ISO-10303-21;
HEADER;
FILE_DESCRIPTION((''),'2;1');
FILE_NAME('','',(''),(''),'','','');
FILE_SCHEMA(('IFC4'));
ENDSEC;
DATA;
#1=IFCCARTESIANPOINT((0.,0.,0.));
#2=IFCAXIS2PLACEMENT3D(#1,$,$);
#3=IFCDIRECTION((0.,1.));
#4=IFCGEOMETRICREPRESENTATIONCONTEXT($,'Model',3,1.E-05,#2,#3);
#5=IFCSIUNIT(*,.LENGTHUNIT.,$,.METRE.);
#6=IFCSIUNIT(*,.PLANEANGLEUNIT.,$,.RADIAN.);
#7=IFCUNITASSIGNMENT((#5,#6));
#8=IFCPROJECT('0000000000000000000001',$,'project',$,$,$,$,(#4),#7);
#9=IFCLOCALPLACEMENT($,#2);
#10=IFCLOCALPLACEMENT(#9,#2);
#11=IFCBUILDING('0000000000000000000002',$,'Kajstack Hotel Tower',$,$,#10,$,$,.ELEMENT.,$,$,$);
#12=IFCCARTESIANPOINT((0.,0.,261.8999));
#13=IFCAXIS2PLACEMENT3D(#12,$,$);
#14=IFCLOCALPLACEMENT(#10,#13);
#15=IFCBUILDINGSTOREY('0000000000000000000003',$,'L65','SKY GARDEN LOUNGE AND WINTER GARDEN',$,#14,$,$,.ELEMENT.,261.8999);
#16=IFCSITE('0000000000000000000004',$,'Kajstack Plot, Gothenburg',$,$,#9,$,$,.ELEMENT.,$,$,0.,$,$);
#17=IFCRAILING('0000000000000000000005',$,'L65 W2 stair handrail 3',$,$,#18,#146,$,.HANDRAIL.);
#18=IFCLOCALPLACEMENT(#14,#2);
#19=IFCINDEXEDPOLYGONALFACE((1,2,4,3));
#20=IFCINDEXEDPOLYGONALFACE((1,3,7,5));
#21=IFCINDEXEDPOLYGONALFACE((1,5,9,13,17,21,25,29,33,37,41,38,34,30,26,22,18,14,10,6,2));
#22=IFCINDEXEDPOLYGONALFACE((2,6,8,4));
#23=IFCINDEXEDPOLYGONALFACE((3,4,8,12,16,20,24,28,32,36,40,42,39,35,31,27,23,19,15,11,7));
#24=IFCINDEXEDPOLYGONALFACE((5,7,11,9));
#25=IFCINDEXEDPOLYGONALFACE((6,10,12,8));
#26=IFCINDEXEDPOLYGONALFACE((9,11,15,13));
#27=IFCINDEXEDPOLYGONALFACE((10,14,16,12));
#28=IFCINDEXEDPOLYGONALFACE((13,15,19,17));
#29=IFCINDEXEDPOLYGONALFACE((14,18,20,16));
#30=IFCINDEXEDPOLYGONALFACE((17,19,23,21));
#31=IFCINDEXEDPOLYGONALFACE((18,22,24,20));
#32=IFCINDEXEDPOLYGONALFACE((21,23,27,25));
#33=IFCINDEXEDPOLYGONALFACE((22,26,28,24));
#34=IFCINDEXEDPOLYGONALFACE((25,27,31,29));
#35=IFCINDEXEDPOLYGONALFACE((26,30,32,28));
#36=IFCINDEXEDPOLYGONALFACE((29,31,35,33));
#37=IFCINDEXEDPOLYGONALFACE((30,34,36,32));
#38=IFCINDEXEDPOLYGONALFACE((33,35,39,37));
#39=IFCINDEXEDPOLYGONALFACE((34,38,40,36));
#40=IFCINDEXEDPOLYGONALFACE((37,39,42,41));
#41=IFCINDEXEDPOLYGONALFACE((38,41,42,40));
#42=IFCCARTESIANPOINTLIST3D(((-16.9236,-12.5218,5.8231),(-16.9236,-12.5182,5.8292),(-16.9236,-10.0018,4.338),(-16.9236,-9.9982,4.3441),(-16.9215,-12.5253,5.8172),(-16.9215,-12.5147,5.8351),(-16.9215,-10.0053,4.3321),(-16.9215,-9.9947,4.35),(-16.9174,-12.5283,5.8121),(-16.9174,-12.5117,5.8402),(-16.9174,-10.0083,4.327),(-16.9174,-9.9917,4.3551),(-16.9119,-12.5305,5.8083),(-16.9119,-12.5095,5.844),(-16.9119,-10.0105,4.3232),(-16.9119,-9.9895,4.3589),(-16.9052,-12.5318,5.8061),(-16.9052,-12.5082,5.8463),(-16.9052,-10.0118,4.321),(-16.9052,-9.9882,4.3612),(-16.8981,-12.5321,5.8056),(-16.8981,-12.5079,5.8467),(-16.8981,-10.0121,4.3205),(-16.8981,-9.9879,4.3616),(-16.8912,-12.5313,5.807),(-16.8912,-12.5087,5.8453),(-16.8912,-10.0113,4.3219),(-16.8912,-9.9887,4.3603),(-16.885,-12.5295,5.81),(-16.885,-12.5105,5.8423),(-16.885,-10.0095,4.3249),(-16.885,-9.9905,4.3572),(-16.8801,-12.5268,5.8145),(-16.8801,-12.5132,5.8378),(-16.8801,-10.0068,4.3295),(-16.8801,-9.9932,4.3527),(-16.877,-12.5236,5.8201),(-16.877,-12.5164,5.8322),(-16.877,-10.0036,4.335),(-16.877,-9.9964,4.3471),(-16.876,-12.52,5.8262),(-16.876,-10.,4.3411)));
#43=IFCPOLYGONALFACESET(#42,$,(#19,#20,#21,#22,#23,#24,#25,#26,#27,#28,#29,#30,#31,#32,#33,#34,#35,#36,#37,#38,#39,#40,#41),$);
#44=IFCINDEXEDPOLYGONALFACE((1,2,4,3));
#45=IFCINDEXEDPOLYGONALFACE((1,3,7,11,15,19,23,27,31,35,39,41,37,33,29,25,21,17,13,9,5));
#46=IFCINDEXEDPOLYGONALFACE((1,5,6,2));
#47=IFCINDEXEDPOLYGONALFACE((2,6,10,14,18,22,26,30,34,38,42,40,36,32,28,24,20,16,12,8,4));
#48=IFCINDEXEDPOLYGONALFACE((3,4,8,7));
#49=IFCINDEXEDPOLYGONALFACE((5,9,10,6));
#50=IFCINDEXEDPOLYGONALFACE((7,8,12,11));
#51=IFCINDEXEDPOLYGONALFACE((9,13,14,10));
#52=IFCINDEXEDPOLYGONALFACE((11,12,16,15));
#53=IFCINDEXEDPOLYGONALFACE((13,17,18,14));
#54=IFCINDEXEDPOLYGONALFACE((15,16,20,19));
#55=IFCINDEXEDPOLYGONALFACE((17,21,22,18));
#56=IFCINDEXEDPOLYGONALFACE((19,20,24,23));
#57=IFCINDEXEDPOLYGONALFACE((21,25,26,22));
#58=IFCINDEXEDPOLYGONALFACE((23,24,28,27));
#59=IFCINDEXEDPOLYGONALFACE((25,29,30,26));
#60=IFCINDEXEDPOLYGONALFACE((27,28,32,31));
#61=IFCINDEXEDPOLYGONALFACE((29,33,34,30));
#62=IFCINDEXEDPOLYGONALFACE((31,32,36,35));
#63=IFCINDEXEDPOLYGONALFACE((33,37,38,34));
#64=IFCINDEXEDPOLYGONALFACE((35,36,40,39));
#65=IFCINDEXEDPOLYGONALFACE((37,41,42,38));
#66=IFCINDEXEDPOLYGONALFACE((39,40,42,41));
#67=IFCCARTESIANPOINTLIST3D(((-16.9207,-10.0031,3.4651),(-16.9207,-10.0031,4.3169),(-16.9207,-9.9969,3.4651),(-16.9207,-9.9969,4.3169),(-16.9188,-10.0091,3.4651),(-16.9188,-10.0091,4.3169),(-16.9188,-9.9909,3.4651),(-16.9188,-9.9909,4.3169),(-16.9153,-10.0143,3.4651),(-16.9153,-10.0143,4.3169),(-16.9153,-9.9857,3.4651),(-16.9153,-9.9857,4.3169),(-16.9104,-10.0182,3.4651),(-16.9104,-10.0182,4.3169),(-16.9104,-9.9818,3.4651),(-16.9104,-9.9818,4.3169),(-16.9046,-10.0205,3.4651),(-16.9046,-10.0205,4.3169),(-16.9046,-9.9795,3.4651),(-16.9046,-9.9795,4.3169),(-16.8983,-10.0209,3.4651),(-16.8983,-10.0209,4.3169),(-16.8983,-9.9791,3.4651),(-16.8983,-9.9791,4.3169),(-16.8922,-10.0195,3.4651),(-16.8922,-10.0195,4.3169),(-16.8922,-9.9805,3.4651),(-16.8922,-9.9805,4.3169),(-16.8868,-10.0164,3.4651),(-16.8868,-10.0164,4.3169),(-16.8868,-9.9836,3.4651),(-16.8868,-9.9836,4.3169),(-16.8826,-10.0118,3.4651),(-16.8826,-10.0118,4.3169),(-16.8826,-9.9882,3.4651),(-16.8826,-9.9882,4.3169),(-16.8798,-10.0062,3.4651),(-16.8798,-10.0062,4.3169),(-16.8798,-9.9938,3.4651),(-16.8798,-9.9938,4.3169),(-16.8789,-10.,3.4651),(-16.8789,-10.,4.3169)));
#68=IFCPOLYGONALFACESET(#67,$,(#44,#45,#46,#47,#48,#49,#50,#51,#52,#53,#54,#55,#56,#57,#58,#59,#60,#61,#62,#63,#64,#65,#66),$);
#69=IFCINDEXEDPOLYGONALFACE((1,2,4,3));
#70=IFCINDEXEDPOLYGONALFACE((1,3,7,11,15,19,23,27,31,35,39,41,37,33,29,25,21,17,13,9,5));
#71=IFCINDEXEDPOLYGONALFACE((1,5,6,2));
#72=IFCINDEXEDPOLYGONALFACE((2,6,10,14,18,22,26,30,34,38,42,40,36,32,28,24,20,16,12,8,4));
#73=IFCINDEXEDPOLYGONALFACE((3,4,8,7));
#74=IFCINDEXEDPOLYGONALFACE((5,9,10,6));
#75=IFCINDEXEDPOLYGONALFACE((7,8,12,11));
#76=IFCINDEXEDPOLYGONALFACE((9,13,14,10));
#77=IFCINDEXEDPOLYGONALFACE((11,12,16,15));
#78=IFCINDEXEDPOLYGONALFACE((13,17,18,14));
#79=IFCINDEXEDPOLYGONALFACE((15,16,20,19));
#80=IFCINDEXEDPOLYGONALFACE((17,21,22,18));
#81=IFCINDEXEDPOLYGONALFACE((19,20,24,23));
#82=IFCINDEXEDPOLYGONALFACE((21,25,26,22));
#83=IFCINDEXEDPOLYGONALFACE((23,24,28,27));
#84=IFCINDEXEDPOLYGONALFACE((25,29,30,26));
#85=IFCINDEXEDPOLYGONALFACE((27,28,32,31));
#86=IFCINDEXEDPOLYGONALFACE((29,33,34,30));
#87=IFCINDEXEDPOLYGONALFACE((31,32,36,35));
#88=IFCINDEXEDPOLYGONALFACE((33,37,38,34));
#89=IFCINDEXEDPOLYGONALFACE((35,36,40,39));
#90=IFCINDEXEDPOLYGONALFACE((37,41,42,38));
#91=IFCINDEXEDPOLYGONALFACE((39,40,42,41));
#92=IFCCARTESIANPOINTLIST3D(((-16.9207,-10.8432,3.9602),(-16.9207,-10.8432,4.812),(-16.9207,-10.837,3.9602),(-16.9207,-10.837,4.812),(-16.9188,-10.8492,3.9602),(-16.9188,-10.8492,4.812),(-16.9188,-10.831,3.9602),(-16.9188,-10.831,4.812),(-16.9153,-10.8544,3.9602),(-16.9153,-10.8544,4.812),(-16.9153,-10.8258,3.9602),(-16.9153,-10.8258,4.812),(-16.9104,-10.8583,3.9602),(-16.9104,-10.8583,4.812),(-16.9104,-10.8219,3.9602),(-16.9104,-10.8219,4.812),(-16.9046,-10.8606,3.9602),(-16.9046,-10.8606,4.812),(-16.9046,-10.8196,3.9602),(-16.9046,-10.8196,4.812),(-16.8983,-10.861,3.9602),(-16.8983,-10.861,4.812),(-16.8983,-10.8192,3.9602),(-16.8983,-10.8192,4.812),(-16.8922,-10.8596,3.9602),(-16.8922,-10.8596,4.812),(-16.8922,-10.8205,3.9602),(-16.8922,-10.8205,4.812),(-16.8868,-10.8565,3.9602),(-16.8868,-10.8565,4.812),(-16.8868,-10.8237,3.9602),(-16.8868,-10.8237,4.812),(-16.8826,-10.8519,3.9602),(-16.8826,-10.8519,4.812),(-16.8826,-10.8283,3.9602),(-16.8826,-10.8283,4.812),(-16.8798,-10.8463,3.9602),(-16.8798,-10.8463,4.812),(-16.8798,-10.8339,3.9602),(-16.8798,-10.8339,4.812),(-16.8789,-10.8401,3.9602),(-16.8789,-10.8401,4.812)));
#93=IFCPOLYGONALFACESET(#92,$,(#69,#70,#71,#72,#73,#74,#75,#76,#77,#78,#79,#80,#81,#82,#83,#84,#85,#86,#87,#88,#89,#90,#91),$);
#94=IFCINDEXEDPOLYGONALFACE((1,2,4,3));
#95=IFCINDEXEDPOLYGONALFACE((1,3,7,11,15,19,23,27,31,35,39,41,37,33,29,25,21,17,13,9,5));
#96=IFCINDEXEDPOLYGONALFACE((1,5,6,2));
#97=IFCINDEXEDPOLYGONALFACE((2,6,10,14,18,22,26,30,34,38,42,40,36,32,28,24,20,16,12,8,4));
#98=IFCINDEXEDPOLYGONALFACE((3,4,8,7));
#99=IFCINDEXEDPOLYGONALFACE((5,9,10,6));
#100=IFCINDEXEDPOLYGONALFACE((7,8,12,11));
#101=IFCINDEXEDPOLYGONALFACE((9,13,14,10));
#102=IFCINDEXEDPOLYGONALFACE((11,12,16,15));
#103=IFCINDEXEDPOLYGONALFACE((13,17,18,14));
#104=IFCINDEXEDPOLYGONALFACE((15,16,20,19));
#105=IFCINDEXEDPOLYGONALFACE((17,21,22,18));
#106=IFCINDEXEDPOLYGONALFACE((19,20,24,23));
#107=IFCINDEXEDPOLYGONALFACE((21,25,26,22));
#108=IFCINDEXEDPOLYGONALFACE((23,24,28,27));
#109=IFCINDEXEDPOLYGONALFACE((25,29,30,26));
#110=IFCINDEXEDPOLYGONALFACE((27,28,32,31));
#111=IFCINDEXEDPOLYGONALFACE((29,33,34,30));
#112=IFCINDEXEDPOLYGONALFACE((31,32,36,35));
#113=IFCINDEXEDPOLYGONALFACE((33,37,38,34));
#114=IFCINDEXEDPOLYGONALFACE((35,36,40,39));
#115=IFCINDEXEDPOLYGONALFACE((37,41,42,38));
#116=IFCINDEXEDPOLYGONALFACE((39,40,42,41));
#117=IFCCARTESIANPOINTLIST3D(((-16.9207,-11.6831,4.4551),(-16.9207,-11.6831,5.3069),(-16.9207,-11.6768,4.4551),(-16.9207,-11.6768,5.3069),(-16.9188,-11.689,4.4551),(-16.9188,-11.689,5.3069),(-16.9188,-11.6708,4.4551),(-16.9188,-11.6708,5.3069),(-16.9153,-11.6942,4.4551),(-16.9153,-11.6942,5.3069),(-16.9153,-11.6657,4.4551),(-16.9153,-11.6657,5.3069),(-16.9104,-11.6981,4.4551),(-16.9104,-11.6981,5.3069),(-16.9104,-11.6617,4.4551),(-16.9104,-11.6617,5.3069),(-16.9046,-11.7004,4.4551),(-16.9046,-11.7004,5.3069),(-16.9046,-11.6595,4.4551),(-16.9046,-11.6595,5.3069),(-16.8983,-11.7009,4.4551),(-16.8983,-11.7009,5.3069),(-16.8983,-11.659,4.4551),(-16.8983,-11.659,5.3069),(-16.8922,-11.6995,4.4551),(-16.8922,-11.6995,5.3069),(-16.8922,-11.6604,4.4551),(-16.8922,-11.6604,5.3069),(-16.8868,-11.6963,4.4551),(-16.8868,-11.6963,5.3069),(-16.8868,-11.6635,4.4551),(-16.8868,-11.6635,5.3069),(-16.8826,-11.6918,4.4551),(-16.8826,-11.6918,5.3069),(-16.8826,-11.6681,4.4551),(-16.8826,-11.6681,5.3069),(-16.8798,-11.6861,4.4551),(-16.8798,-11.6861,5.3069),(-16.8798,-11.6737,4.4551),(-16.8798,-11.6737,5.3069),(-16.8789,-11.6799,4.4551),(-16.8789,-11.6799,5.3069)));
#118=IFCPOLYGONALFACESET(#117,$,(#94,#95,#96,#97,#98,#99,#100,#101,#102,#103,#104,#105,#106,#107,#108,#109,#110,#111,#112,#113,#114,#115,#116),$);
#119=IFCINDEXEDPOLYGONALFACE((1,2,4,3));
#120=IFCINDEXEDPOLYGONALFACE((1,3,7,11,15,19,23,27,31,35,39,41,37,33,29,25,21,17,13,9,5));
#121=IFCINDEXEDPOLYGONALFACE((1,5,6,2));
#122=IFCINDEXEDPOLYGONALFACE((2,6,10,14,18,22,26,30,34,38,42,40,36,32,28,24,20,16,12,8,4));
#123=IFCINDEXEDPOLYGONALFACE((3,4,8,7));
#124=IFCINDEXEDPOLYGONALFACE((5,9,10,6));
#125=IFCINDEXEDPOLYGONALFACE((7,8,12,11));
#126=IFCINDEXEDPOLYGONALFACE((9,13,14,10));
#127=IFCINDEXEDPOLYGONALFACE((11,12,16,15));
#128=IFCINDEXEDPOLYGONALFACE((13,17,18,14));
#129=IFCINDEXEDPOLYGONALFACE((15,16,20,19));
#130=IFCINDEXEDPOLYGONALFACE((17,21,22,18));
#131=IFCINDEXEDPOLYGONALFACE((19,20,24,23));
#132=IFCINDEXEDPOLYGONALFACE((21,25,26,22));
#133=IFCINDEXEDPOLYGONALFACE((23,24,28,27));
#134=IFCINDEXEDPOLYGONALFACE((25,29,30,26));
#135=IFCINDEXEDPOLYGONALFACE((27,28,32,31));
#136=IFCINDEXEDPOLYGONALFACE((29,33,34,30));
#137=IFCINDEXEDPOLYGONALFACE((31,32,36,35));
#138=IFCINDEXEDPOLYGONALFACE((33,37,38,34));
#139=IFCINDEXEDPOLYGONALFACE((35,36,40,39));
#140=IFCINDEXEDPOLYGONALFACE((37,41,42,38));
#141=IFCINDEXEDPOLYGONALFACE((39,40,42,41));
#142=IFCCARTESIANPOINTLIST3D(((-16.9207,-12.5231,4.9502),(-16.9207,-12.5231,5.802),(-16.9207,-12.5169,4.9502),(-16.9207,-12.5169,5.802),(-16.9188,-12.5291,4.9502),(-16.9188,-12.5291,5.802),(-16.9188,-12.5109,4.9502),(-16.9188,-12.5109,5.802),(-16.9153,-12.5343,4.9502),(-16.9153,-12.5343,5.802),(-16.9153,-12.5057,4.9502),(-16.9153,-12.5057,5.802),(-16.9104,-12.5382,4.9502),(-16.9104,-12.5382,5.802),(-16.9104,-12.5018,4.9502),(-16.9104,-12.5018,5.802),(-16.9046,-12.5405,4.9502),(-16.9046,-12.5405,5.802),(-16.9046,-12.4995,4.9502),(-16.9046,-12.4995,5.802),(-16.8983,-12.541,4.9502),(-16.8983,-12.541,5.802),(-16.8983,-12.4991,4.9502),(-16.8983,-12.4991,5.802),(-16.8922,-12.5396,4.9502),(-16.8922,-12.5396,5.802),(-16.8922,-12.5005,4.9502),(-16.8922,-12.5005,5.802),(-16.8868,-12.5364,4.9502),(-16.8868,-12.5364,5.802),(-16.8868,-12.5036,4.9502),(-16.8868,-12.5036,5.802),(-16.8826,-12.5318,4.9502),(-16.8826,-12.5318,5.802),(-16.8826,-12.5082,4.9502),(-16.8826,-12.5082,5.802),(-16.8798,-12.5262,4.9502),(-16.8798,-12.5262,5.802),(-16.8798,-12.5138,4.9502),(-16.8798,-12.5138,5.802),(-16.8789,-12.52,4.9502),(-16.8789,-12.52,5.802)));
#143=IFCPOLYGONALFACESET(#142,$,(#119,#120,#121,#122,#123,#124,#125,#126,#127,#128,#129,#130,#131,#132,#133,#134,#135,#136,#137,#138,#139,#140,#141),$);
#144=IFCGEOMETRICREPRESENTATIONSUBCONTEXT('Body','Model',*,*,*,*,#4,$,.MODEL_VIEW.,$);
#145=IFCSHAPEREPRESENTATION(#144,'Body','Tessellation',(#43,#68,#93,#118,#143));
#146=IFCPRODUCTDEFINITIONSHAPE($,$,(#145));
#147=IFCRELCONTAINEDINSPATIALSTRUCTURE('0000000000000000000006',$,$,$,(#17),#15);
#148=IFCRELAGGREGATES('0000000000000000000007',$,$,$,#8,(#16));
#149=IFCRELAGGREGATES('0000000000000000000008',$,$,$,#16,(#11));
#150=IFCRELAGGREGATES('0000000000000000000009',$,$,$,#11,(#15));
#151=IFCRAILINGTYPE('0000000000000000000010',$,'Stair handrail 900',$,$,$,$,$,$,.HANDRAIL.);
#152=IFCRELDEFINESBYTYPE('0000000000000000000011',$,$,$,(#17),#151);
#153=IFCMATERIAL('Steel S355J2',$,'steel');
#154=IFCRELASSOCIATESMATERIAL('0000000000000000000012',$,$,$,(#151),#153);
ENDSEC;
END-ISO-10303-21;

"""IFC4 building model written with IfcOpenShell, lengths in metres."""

from ifc_helpers import new_model, si_unit, direction, frame, origin, origin_2d, place, context, subcontext, project, spatial, circle, extrude, material, type_object, element, save


model = new_model("IFC4")

# Units and contexts
model_context = context("Model", 3, precision=1e-05, world=origin(), true_north=direction((0.0, 1.0)))
body_context = subcontext(model_context, "Body", "Model", "MODEL_VIEW")
ifc_project = project(units=[si_unit("LENGTHUNIT", "METRE"), si_unit("PLANEANGLEUNIT", "RADIAN")], contexts=[model_context])

# Site, building, storey
site_placement = place(None, origin())
site = spatial("IfcSite", under=ifc_project, at=site_placement, Name="Kajstack Plot, Gothenburg", CompositionType="ELEMENT", RefElevation=0.0)
building_placement = place(site_placement, origin())
building = spatial("IfcBuilding", under=site, at=building_placement, Name="Kajstack Hotel Tower", CompositionType="ELEMENT")
storey_placement = place(building_placement, frame((0.0, 0.0, 261.8999)))
storey = spatial("IfcBuildingStorey", under=building, at=storey_placement, Name="L65", Description="SKY GARDEN LOUNGE AND WINTER GARDEN", CompositionType="ELEMENT", Elevation=261.8999)

# Railing
ifc_material_1 = material(Name="Steel S355J2", Category="steel")
railing_type_1 = type_object("IfcRailingType", Name="Stair handrail 900", PredefinedType="HANDRAIL", material=ifc_material_1)
for number, where, name in (
    (1, (-16.8999, -10.0, 3.4651), "L65 W2 stair handrail 3"),
):
    element("IfcRailing", number, at=place(storey_placement, frame(where)), inside=storey, type_object=railing_type_1, Name=name, PredefinedType="HANDRAIL", context=body_context, shape_type="SweptSolid", body=[
        extrude(circle(Radius=0.0239, at=origin_2d()), frame((0.0, 0.0, 0.876), z_axis=(0.0, -0.861524, 0.507717), x_axis=(1.0, 0.0, 0.0)), (0.0, 0.0, 1.0), 2.925),
        extrude(circle(Radius=0.021, at=origin_2d()), origin(), (0.0, 0.0, 1.0), 0.8518),
        extrude(circle(Radius=0.021, at=origin_2d()), frame((0.0, -0.8401, 0.4951)), (0.0, 0.0, 1.0), 0.8518),
        extrude(circle(Radius=0.021, at=origin_2d()), frame((0.0, -1.6799, 0.99)), (0.0, 0.0, 1.0), 0.8518),
        extrude(circle(Radius=0.021, at=origin_2d()), frame((0.0, -2.52, 1.4851)), (0.0, 0.0, 1.0), 0.8518),
    ])

save(model, "model.ifc")
